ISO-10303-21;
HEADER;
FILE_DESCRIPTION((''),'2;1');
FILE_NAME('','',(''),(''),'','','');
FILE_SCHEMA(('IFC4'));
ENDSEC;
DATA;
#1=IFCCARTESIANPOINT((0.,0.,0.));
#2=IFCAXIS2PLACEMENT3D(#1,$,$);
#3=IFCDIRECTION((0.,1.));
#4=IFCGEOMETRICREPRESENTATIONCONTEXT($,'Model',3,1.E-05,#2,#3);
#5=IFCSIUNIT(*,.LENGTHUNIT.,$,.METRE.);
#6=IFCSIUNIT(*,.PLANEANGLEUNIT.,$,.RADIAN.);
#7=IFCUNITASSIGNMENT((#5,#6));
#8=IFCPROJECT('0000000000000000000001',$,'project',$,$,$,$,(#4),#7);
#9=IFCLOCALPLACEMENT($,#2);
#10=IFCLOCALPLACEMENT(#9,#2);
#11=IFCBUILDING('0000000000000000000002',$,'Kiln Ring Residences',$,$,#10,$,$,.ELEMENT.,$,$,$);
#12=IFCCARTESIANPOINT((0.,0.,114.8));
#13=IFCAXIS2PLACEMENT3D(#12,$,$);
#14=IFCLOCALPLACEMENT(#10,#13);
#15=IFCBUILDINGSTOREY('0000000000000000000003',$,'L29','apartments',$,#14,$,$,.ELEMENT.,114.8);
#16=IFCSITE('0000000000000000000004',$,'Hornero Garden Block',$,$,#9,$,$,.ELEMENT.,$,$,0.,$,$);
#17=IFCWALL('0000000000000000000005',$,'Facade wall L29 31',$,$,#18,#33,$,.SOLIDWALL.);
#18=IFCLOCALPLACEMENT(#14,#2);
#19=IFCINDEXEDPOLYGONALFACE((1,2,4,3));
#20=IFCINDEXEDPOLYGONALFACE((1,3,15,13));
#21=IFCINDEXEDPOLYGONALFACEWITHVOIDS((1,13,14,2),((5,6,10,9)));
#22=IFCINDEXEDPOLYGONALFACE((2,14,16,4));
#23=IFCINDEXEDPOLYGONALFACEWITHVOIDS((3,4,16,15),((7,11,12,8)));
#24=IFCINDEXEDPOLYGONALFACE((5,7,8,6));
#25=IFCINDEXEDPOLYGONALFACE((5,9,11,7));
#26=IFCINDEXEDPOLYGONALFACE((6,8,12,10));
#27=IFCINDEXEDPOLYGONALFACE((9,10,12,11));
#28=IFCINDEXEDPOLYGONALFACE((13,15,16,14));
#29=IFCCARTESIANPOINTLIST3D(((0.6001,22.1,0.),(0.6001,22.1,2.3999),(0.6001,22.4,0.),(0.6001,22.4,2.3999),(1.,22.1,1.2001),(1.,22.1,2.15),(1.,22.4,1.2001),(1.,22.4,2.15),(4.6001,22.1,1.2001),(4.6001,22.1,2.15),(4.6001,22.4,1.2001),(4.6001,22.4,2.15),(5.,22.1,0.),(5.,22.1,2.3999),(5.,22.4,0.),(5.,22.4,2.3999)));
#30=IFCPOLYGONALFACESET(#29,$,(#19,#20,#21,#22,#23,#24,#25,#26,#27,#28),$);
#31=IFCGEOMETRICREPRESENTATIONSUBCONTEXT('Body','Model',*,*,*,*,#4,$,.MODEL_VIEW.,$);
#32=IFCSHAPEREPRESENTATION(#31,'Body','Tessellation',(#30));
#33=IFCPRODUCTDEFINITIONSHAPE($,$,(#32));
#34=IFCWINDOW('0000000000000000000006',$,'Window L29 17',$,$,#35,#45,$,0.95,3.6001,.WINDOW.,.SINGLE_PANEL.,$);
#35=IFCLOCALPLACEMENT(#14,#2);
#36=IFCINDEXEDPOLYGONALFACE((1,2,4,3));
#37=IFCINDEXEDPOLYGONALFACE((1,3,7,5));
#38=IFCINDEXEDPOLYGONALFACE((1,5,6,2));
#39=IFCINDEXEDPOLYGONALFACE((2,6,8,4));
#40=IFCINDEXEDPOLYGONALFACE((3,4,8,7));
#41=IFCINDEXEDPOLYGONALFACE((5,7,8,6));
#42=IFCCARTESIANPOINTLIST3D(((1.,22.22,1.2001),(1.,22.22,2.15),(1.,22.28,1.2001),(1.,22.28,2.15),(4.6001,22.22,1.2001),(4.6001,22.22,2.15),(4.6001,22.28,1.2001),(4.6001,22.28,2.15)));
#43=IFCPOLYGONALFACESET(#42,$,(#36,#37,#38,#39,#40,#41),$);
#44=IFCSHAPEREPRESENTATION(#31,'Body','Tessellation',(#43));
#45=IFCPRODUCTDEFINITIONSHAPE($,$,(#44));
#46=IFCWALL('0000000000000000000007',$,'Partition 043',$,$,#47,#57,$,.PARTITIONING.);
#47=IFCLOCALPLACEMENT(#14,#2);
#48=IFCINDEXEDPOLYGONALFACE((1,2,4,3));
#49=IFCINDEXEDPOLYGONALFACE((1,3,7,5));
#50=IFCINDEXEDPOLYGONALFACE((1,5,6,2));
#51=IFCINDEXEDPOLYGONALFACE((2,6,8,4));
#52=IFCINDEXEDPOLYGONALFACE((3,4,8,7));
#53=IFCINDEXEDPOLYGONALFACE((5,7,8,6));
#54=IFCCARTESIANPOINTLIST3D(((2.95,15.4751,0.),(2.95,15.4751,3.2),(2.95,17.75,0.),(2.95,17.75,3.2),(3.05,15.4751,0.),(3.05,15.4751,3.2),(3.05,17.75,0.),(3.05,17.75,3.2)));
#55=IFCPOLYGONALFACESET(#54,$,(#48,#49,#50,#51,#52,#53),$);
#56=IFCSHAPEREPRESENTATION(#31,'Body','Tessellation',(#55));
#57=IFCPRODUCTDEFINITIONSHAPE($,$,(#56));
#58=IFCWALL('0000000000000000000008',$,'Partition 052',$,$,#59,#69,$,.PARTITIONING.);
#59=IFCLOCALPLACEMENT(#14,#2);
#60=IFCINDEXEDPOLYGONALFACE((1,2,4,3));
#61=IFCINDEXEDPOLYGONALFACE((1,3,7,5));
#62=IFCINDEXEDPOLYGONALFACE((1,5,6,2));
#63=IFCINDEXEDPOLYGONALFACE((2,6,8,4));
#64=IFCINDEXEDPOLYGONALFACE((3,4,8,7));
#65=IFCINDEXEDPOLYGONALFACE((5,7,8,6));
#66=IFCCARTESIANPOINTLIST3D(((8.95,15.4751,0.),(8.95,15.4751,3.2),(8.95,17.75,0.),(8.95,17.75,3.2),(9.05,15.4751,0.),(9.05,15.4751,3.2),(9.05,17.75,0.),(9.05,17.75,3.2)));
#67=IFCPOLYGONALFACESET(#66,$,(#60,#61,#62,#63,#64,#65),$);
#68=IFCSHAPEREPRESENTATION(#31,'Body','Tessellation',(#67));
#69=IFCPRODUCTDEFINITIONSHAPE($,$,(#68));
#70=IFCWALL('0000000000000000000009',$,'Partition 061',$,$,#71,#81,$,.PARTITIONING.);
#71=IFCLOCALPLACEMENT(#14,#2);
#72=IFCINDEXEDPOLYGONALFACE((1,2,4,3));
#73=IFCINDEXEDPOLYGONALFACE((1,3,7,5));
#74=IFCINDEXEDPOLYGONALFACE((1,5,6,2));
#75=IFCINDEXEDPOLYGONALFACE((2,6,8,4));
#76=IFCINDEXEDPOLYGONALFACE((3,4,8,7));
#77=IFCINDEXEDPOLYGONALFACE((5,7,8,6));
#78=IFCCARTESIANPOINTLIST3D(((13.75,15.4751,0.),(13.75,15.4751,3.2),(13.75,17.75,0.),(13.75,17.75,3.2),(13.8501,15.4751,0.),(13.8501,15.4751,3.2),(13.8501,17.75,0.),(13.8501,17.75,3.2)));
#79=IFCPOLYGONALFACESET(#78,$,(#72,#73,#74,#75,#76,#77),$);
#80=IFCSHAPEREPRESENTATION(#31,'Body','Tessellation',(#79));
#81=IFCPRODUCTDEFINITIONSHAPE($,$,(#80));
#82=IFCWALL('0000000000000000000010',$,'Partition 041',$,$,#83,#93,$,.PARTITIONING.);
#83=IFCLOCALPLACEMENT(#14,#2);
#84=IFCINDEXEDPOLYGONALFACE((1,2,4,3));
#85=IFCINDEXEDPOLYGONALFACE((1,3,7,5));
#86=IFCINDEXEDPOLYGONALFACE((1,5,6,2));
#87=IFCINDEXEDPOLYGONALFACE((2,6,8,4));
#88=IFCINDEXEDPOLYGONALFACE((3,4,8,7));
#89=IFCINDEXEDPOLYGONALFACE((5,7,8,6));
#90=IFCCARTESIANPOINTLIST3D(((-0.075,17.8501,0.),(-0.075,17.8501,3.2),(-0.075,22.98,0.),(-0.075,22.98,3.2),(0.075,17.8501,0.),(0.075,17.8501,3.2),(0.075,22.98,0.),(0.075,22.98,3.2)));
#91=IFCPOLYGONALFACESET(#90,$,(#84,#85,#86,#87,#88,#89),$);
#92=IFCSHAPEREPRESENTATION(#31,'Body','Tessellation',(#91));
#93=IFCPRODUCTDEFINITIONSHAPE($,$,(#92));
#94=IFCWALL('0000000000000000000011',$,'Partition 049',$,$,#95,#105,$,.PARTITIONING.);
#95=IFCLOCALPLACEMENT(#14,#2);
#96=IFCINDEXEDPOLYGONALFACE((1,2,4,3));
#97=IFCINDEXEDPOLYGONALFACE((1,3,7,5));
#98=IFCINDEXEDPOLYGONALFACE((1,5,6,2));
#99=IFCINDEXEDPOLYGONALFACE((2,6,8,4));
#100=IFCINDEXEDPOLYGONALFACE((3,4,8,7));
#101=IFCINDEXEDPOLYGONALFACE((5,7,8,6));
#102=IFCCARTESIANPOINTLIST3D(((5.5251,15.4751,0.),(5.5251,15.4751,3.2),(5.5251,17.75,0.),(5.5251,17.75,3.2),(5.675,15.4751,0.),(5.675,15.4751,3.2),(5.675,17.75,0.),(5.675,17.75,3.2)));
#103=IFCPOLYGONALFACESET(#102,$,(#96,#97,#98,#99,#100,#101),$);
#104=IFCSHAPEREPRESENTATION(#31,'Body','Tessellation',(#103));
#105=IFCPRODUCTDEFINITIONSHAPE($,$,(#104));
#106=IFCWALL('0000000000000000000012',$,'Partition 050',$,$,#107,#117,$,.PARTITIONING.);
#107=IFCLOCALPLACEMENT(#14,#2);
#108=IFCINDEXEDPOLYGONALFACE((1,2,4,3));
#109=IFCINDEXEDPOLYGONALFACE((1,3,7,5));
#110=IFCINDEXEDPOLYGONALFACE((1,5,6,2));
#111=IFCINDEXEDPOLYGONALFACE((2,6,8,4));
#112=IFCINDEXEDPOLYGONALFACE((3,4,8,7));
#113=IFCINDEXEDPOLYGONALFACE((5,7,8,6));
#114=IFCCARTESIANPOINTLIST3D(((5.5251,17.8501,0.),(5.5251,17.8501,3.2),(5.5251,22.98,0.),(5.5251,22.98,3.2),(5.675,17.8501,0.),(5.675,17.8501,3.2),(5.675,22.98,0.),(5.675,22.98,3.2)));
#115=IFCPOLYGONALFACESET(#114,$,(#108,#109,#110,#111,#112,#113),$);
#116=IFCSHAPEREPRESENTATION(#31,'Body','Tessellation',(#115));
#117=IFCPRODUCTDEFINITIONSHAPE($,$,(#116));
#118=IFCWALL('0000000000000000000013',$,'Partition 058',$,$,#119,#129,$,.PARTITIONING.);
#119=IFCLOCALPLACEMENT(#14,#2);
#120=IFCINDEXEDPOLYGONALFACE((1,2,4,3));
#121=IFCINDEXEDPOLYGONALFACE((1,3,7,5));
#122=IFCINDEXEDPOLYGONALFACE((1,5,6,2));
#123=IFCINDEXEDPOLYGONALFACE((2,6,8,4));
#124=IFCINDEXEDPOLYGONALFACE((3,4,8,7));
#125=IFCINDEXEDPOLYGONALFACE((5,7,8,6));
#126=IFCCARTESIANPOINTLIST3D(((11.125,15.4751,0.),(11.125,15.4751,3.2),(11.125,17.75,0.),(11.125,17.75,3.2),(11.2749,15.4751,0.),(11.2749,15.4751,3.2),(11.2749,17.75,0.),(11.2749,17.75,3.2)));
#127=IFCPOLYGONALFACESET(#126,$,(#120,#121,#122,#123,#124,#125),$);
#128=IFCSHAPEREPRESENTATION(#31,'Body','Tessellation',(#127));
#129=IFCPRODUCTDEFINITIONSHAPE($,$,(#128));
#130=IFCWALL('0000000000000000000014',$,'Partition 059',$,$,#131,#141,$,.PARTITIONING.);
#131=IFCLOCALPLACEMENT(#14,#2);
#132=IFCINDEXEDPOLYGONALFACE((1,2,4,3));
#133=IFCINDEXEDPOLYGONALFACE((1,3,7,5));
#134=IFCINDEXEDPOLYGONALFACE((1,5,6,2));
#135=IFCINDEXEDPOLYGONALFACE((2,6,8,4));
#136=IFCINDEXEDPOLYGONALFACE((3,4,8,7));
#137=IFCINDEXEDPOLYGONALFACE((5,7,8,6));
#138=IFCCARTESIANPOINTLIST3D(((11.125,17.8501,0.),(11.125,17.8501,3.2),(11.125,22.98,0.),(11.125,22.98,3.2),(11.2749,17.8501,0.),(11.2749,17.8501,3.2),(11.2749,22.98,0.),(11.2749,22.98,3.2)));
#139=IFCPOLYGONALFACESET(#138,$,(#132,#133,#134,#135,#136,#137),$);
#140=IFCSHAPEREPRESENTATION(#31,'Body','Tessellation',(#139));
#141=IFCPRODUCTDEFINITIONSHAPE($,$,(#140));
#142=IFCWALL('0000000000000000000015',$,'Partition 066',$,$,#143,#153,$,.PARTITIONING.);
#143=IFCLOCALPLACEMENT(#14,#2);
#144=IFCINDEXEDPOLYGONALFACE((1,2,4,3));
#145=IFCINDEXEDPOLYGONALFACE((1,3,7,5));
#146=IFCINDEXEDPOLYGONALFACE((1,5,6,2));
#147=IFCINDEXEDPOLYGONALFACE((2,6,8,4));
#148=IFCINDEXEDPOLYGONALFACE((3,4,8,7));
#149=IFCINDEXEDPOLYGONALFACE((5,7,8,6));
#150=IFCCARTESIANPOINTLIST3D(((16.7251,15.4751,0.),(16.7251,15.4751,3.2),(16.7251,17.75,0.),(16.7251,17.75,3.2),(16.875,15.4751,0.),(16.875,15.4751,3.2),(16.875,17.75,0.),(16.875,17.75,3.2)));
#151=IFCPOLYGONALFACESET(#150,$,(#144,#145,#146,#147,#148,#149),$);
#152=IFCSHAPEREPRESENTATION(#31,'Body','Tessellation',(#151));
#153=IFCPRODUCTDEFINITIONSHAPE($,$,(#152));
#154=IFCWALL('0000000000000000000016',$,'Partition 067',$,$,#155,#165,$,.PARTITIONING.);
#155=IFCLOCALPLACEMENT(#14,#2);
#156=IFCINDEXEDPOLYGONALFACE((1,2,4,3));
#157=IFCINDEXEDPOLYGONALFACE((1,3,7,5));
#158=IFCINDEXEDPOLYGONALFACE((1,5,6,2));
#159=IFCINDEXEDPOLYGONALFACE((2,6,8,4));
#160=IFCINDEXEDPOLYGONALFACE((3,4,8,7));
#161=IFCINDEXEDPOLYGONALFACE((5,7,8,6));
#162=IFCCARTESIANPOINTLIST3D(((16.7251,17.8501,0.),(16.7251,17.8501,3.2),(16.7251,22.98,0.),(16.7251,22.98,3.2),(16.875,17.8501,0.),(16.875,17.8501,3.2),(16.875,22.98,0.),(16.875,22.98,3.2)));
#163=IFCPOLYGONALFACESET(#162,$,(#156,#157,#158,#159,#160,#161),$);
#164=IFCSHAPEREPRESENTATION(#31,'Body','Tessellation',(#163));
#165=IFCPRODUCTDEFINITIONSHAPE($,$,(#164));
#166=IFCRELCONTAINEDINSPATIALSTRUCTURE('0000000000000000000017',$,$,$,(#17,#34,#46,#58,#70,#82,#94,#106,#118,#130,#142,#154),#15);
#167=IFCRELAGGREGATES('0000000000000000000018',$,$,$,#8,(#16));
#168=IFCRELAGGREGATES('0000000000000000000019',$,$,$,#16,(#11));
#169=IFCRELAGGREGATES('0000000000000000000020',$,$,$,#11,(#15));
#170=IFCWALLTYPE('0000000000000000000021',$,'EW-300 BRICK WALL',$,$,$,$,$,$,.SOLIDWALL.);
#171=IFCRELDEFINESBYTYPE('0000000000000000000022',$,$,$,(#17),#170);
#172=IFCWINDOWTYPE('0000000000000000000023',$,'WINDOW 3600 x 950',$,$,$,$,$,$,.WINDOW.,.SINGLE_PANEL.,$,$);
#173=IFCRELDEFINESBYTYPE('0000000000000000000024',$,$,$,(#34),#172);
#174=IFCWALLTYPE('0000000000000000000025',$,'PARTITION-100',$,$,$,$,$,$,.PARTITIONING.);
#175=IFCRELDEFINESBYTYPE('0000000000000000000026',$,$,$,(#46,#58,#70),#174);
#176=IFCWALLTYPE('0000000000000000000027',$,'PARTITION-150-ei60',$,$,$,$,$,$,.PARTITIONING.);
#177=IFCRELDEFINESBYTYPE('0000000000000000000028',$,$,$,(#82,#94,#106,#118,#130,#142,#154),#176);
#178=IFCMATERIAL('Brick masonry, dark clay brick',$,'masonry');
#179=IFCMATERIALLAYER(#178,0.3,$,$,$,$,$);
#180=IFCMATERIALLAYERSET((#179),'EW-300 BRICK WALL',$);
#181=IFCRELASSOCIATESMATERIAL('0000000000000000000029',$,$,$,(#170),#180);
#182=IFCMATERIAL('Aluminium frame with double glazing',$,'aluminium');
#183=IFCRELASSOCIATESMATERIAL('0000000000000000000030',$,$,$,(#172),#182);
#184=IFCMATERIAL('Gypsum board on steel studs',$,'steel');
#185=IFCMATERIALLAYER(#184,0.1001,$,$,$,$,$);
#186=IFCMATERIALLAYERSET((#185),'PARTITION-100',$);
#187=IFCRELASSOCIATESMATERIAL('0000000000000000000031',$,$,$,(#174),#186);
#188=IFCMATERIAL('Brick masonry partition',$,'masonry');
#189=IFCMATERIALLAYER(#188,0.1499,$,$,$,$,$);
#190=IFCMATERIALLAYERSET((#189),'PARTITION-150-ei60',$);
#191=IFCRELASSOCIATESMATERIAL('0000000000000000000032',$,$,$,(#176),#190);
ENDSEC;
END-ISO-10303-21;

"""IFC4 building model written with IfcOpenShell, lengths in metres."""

from ifc_helpers import new_model, si_unit, direction, frame, frame_2d, origin, place, context, subcontext, project, spatial, rectangle, extrude, material, layer, layer_set, type_object, element, fill, save


model = new_model("IFC4")

# Units and contexts
model_context = context("Model", 3, precision=1e-05, world=origin(), true_north=direction((0.0, 1.0)))
body_context = subcontext(model_context, "Body", "Model", "MODEL_VIEW")
ifc_project = project(units=[si_unit("LENGTHUNIT", "METRE"), si_unit("PLANEANGLEUNIT", "RADIAN")], contexts=[model_context])

# Site, building, storey
site_placement = place(None, origin())
site = spatial("IfcSite", under=ifc_project, at=site_placement, Name="Hornero Garden Block", CompositionType="ELEMENT", RefElevation=0.0)
building_placement = place(site_placement, origin())
building = spatial("IfcBuilding", under=site, at=building_placement, Name="Kiln Ring Residences", CompositionType="ELEMENT")
storey_placement = place(building_placement, frame((0.0, 0.0, 114.8)))
storey = spatial("IfcBuildingStorey", under=building, at=storey_placement, Name="L29", Description="apartments", CompositionType="ELEMENT", Elevation=114.8)

# Wall, opening, window
ifc_material_1 = material(Name="Brick masonry, dark clay brick", Category="masonry")
ifc_layer_1 = layer(ifc_material_1, 0.3)
ifc_layer_set_1 = layer_set([ifc_layer_1], Name="EW-300 BRICK WALL")
wall_type_1 = type_object("IfcWallType", Name="EW-300 BRICK WALL", PredefinedType="SOLIDWALL", material=ifc_layer_set_1)
ifc_material_2 = material(Name="Aluminium frame with double glazing", Category="aluminium")
window_type = type_object("IfcWindowType", Name="WINDOW 3600 x 950", PartitioningType="SINGLE_PANEL", PredefinedType="WINDOW", material=ifc_material_2)
wall_1_placement = place(storey_placement, frame((5.0, 22.25, 0.0), z_axis=(0.0, 0.0, 1.0), x_axis=(-1.0, 0.0, 0.0)))
wall_1 = element("IfcWall", 1, at=wall_1_placement, inside=storey, type_object=wall_type_1, Name="Facade wall L29 31", PredefinedType="SOLIDWALL", context=body_context, shape_type="SweptSolid", body=[
    extrude(rectangle(XDim=4.3999, YDim=0.3, at=frame_2d((2.2, 0.0))), origin(), (0.0, 0.0, 1.0), 2.3999),
])
opening_1_placement = place(wall_1_placement, frame((0.3999, 0.0, 1.2)))
opening_1 = element("IfcOpeningElement", 2, at=opening_1_placement, cuts=wall_1, PredefinedType="OPENING", context=body_context, shape_type="SweptSolid", body=[
    extrude(rectangle(XDim=3.6001, YDim=0.95, at=frame_2d((1.8, 0.4751))), frame((0.0, 0.1599, 0.0), z_axis=(0.0, -1.0, 0.0), x_axis=(1.0, 0.0, 0.0)), (0.0, 0.0, 1.0), 0.3201),
])
window_1_placement = place(opening_1_placement, origin())
window_1 = element("IfcWindow", 3, at=window_1_placement, inside=storey, type_object=window_type, Name="Window L29 17", OverallHeight=0.95, OverallWidth=3.6001, PartitioningType="SINGLE_PANEL", PredefinedType="WINDOW", context=body_context, shape_type="SweptSolid", body=[
    extrude(rectangle(XDim=3.6001, YDim=0.95, at=frame_2d((1.8, 0.4751))), frame((0.0, 0.03, 0.0), z_axis=(0.0, -1.0, 0.0), x_axis=(1.0, 0.0, 0.0)), (0.0, 0.0, 1.0), 0.0601),
])
fill(opening_1, window_1)

# Walls
ifc_material_3 = material(Name="Gypsum board on steel studs", Category="steel")
ifc_layer_2 = layer(ifc_material_3, 0.1001)
ifc_layer_set_2 = layer_set([ifc_layer_2], Name="PARTITION-100")
wall_type_2 = type_object("IfcWallType", Name="PARTITION-100", PredefinedType="PARTITIONING", material=ifc_layer_set_2)
for number, where, z_axis, x_axis, name in (
    (4, (3.0, 15.4751, 0.0), (0.0, 0.0, 1.0), (0.0, 1.0, 0.0), "Partition 043"),
    (5, (9.0, 15.4751, 0.0), (0.0, 0.0, 1.0), (0.0, 1.0, 0.0), "Partition 052"),
    (6, (13.8, 15.4751, 0.0), (0.0, 0.0, 1.0), (0.0, 1.0, 0.0), "Partition 061"),
):
    element("IfcWall", number, at=place(storey_placement, frame(where, z_axis=z_axis, x_axis=x_axis)), inside=storey, type_object=wall_type_2, Name=name, PredefinedType="PARTITIONING", context=body_context, shape_type="SweptSolid", body=[
        extrude(rectangle(XDim=2.2749, YDim=0.1001, at=frame_2d((1.1375, 0.0))), origin(), (0.0, 0.0, 1.0), 3.2),
    ])
ifc_material_4 = material(Name="Brick masonry partition", Category="masonry")
ifc_layer_3 = layer(ifc_material_4, 0.1499)
ifc_layer_set_3 = layer_set([ifc_layer_3], Name="PARTITION-150-ei60")
wall_type_3 = type_object("IfcWallType", Name="PARTITION-150-ei60", PredefinedType="PARTITIONING", material=ifc_layer_set_3)
wall_2_placement = place(storey_placement, frame((0.0, 17.8501, 0.0), z_axis=(0.0, 0.0, 1.0), x_axis=(0.0, 1.0, 0.0)))
element("IfcWall", 7, at=wall_2_placement, inside=storey, type_object=wall_type_3, Name="Partition 041", PredefinedType="PARTITIONING", context=body_context, shape_type="SweptSolid", body=[
    extrude(rectangle(XDim=5.1299, YDim=0.1499, at=frame_2d((2.5649, 0.0))), origin(), (0.0, 0.0, 1.0), 3.2),
])
wall_3_placement = place(storey_placement, frame((5.6001, 15.4751, 0.0), z_axis=(0.0, 0.0, 1.0), x_axis=(0.0, 1.0, 0.0)))
element("IfcWall", 8, at=wall_3_placement, inside=storey, type_object=wall_type_3, Name="Partition 049", PredefinedType="PARTITIONING", context=body_context, shape_type="SweptSolid", body=[
    extrude(rectangle(XDim=2.2749, YDim=0.1499, at=frame_2d((1.1375, 0.0))), origin(), (0.0, 0.0, 1.0), 3.2),
])
wall_4_placement = place(storey_placement, frame((5.6001, 17.8501, 0.0), z_axis=(0.0, 0.0, 1.0), x_axis=(0.0, 1.0, 0.0)))
element("IfcWall", 9, at=wall_4_placement, inside=storey, type_object=wall_type_3, Name="Partition 050", PredefinedType="PARTITIONING", context=body_context, shape_type="SweptSolid", body=[
    extrude(rectangle(XDim=5.1299, YDim=0.1499, at=frame_2d((2.5649, 0.0))), origin(), (0.0, 0.0, 1.0), 3.2),
])
wall_5_placement = place(storey_placement, frame((11.2, 15.4751, 0.0), z_axis=(0.0, 0.0, 1.0), x_axis=(0.0, 1.0, 0.0)))
element("IfcWall", 10, at=wall_5_placement, inside=storey, type_object=wall_type_3, Name="Partition 058", PredefinedType="PARTITIONING", context=body_context, shape_type="SweptSolid", body=[
    extrude(rectangle(XDim=2.2749, YDim=0.1499, at=frame_2d((1.1375, 0.0))), origin(), (0.0, 0.0, 1.0), 3.2),
])
wall_6_placement = place(storey_placement, frame((11.2, 17.8501, 0.0), z_axis=(0.0, 0.0, 1.0), x_axis=(0.0, 1.0, 0.0)))
element("IfcWall", 11, at=wall_6_placement, inside=storey, type_object=wall_type_3, Name="Partition 059", PredefinedType="PARTITIONING", context=body_context, shape_type="SweptSolid", body=[
    extrude(rectangle(XDim=5.1299, YDim=0.1499, at=frame_2d((2.5649, 0.0))), origin(), (0.0, 0.0, 1.0), 3.2),
])
wall_7_placement = place(storey_placement, frame((16.8, 15.4751, 0.0), z_axis=(0.0, 0.0, 1.0), x_axis=(0.0, 1.0, 0.0)))
element("IfcWall", 12, at=wall_7_placement, inside=storey, type_object=wall_type_3, Name="Partition 066", PredefinedType="PARTITIONING", context=body_context, shape_type="SweptSolid", body=[
    extrude(rectangle(XDim=2.2749, YDim=0.1499, at=frame_2d((1.1375, 0.0))), origin(), (0.0, 0.0, 1.0), 3.2),
])
wall_8_placement = place(storey_placement, frame((16.8, 17.8501, 0.0), z_axis=(0.0, 0.0, 1.0), x_axis=(0.0, 1.0, 0.0)))
element("IfcWall", 13, at=wall_8_placement, inside=storey, type_object=wall_type_3, Name="Partition 067", PredefinedType="PARTITIONING", context=body_context, shape_type="SweptSolid", body=[
    extrude(rectangle(XDim=5.1299, YDim=0.1499, at=frame_2d((2.5649, 0.0))), origin(), (0.0, 0.0, 1.0), 3.2),
])

save(model, "model.ifc")
